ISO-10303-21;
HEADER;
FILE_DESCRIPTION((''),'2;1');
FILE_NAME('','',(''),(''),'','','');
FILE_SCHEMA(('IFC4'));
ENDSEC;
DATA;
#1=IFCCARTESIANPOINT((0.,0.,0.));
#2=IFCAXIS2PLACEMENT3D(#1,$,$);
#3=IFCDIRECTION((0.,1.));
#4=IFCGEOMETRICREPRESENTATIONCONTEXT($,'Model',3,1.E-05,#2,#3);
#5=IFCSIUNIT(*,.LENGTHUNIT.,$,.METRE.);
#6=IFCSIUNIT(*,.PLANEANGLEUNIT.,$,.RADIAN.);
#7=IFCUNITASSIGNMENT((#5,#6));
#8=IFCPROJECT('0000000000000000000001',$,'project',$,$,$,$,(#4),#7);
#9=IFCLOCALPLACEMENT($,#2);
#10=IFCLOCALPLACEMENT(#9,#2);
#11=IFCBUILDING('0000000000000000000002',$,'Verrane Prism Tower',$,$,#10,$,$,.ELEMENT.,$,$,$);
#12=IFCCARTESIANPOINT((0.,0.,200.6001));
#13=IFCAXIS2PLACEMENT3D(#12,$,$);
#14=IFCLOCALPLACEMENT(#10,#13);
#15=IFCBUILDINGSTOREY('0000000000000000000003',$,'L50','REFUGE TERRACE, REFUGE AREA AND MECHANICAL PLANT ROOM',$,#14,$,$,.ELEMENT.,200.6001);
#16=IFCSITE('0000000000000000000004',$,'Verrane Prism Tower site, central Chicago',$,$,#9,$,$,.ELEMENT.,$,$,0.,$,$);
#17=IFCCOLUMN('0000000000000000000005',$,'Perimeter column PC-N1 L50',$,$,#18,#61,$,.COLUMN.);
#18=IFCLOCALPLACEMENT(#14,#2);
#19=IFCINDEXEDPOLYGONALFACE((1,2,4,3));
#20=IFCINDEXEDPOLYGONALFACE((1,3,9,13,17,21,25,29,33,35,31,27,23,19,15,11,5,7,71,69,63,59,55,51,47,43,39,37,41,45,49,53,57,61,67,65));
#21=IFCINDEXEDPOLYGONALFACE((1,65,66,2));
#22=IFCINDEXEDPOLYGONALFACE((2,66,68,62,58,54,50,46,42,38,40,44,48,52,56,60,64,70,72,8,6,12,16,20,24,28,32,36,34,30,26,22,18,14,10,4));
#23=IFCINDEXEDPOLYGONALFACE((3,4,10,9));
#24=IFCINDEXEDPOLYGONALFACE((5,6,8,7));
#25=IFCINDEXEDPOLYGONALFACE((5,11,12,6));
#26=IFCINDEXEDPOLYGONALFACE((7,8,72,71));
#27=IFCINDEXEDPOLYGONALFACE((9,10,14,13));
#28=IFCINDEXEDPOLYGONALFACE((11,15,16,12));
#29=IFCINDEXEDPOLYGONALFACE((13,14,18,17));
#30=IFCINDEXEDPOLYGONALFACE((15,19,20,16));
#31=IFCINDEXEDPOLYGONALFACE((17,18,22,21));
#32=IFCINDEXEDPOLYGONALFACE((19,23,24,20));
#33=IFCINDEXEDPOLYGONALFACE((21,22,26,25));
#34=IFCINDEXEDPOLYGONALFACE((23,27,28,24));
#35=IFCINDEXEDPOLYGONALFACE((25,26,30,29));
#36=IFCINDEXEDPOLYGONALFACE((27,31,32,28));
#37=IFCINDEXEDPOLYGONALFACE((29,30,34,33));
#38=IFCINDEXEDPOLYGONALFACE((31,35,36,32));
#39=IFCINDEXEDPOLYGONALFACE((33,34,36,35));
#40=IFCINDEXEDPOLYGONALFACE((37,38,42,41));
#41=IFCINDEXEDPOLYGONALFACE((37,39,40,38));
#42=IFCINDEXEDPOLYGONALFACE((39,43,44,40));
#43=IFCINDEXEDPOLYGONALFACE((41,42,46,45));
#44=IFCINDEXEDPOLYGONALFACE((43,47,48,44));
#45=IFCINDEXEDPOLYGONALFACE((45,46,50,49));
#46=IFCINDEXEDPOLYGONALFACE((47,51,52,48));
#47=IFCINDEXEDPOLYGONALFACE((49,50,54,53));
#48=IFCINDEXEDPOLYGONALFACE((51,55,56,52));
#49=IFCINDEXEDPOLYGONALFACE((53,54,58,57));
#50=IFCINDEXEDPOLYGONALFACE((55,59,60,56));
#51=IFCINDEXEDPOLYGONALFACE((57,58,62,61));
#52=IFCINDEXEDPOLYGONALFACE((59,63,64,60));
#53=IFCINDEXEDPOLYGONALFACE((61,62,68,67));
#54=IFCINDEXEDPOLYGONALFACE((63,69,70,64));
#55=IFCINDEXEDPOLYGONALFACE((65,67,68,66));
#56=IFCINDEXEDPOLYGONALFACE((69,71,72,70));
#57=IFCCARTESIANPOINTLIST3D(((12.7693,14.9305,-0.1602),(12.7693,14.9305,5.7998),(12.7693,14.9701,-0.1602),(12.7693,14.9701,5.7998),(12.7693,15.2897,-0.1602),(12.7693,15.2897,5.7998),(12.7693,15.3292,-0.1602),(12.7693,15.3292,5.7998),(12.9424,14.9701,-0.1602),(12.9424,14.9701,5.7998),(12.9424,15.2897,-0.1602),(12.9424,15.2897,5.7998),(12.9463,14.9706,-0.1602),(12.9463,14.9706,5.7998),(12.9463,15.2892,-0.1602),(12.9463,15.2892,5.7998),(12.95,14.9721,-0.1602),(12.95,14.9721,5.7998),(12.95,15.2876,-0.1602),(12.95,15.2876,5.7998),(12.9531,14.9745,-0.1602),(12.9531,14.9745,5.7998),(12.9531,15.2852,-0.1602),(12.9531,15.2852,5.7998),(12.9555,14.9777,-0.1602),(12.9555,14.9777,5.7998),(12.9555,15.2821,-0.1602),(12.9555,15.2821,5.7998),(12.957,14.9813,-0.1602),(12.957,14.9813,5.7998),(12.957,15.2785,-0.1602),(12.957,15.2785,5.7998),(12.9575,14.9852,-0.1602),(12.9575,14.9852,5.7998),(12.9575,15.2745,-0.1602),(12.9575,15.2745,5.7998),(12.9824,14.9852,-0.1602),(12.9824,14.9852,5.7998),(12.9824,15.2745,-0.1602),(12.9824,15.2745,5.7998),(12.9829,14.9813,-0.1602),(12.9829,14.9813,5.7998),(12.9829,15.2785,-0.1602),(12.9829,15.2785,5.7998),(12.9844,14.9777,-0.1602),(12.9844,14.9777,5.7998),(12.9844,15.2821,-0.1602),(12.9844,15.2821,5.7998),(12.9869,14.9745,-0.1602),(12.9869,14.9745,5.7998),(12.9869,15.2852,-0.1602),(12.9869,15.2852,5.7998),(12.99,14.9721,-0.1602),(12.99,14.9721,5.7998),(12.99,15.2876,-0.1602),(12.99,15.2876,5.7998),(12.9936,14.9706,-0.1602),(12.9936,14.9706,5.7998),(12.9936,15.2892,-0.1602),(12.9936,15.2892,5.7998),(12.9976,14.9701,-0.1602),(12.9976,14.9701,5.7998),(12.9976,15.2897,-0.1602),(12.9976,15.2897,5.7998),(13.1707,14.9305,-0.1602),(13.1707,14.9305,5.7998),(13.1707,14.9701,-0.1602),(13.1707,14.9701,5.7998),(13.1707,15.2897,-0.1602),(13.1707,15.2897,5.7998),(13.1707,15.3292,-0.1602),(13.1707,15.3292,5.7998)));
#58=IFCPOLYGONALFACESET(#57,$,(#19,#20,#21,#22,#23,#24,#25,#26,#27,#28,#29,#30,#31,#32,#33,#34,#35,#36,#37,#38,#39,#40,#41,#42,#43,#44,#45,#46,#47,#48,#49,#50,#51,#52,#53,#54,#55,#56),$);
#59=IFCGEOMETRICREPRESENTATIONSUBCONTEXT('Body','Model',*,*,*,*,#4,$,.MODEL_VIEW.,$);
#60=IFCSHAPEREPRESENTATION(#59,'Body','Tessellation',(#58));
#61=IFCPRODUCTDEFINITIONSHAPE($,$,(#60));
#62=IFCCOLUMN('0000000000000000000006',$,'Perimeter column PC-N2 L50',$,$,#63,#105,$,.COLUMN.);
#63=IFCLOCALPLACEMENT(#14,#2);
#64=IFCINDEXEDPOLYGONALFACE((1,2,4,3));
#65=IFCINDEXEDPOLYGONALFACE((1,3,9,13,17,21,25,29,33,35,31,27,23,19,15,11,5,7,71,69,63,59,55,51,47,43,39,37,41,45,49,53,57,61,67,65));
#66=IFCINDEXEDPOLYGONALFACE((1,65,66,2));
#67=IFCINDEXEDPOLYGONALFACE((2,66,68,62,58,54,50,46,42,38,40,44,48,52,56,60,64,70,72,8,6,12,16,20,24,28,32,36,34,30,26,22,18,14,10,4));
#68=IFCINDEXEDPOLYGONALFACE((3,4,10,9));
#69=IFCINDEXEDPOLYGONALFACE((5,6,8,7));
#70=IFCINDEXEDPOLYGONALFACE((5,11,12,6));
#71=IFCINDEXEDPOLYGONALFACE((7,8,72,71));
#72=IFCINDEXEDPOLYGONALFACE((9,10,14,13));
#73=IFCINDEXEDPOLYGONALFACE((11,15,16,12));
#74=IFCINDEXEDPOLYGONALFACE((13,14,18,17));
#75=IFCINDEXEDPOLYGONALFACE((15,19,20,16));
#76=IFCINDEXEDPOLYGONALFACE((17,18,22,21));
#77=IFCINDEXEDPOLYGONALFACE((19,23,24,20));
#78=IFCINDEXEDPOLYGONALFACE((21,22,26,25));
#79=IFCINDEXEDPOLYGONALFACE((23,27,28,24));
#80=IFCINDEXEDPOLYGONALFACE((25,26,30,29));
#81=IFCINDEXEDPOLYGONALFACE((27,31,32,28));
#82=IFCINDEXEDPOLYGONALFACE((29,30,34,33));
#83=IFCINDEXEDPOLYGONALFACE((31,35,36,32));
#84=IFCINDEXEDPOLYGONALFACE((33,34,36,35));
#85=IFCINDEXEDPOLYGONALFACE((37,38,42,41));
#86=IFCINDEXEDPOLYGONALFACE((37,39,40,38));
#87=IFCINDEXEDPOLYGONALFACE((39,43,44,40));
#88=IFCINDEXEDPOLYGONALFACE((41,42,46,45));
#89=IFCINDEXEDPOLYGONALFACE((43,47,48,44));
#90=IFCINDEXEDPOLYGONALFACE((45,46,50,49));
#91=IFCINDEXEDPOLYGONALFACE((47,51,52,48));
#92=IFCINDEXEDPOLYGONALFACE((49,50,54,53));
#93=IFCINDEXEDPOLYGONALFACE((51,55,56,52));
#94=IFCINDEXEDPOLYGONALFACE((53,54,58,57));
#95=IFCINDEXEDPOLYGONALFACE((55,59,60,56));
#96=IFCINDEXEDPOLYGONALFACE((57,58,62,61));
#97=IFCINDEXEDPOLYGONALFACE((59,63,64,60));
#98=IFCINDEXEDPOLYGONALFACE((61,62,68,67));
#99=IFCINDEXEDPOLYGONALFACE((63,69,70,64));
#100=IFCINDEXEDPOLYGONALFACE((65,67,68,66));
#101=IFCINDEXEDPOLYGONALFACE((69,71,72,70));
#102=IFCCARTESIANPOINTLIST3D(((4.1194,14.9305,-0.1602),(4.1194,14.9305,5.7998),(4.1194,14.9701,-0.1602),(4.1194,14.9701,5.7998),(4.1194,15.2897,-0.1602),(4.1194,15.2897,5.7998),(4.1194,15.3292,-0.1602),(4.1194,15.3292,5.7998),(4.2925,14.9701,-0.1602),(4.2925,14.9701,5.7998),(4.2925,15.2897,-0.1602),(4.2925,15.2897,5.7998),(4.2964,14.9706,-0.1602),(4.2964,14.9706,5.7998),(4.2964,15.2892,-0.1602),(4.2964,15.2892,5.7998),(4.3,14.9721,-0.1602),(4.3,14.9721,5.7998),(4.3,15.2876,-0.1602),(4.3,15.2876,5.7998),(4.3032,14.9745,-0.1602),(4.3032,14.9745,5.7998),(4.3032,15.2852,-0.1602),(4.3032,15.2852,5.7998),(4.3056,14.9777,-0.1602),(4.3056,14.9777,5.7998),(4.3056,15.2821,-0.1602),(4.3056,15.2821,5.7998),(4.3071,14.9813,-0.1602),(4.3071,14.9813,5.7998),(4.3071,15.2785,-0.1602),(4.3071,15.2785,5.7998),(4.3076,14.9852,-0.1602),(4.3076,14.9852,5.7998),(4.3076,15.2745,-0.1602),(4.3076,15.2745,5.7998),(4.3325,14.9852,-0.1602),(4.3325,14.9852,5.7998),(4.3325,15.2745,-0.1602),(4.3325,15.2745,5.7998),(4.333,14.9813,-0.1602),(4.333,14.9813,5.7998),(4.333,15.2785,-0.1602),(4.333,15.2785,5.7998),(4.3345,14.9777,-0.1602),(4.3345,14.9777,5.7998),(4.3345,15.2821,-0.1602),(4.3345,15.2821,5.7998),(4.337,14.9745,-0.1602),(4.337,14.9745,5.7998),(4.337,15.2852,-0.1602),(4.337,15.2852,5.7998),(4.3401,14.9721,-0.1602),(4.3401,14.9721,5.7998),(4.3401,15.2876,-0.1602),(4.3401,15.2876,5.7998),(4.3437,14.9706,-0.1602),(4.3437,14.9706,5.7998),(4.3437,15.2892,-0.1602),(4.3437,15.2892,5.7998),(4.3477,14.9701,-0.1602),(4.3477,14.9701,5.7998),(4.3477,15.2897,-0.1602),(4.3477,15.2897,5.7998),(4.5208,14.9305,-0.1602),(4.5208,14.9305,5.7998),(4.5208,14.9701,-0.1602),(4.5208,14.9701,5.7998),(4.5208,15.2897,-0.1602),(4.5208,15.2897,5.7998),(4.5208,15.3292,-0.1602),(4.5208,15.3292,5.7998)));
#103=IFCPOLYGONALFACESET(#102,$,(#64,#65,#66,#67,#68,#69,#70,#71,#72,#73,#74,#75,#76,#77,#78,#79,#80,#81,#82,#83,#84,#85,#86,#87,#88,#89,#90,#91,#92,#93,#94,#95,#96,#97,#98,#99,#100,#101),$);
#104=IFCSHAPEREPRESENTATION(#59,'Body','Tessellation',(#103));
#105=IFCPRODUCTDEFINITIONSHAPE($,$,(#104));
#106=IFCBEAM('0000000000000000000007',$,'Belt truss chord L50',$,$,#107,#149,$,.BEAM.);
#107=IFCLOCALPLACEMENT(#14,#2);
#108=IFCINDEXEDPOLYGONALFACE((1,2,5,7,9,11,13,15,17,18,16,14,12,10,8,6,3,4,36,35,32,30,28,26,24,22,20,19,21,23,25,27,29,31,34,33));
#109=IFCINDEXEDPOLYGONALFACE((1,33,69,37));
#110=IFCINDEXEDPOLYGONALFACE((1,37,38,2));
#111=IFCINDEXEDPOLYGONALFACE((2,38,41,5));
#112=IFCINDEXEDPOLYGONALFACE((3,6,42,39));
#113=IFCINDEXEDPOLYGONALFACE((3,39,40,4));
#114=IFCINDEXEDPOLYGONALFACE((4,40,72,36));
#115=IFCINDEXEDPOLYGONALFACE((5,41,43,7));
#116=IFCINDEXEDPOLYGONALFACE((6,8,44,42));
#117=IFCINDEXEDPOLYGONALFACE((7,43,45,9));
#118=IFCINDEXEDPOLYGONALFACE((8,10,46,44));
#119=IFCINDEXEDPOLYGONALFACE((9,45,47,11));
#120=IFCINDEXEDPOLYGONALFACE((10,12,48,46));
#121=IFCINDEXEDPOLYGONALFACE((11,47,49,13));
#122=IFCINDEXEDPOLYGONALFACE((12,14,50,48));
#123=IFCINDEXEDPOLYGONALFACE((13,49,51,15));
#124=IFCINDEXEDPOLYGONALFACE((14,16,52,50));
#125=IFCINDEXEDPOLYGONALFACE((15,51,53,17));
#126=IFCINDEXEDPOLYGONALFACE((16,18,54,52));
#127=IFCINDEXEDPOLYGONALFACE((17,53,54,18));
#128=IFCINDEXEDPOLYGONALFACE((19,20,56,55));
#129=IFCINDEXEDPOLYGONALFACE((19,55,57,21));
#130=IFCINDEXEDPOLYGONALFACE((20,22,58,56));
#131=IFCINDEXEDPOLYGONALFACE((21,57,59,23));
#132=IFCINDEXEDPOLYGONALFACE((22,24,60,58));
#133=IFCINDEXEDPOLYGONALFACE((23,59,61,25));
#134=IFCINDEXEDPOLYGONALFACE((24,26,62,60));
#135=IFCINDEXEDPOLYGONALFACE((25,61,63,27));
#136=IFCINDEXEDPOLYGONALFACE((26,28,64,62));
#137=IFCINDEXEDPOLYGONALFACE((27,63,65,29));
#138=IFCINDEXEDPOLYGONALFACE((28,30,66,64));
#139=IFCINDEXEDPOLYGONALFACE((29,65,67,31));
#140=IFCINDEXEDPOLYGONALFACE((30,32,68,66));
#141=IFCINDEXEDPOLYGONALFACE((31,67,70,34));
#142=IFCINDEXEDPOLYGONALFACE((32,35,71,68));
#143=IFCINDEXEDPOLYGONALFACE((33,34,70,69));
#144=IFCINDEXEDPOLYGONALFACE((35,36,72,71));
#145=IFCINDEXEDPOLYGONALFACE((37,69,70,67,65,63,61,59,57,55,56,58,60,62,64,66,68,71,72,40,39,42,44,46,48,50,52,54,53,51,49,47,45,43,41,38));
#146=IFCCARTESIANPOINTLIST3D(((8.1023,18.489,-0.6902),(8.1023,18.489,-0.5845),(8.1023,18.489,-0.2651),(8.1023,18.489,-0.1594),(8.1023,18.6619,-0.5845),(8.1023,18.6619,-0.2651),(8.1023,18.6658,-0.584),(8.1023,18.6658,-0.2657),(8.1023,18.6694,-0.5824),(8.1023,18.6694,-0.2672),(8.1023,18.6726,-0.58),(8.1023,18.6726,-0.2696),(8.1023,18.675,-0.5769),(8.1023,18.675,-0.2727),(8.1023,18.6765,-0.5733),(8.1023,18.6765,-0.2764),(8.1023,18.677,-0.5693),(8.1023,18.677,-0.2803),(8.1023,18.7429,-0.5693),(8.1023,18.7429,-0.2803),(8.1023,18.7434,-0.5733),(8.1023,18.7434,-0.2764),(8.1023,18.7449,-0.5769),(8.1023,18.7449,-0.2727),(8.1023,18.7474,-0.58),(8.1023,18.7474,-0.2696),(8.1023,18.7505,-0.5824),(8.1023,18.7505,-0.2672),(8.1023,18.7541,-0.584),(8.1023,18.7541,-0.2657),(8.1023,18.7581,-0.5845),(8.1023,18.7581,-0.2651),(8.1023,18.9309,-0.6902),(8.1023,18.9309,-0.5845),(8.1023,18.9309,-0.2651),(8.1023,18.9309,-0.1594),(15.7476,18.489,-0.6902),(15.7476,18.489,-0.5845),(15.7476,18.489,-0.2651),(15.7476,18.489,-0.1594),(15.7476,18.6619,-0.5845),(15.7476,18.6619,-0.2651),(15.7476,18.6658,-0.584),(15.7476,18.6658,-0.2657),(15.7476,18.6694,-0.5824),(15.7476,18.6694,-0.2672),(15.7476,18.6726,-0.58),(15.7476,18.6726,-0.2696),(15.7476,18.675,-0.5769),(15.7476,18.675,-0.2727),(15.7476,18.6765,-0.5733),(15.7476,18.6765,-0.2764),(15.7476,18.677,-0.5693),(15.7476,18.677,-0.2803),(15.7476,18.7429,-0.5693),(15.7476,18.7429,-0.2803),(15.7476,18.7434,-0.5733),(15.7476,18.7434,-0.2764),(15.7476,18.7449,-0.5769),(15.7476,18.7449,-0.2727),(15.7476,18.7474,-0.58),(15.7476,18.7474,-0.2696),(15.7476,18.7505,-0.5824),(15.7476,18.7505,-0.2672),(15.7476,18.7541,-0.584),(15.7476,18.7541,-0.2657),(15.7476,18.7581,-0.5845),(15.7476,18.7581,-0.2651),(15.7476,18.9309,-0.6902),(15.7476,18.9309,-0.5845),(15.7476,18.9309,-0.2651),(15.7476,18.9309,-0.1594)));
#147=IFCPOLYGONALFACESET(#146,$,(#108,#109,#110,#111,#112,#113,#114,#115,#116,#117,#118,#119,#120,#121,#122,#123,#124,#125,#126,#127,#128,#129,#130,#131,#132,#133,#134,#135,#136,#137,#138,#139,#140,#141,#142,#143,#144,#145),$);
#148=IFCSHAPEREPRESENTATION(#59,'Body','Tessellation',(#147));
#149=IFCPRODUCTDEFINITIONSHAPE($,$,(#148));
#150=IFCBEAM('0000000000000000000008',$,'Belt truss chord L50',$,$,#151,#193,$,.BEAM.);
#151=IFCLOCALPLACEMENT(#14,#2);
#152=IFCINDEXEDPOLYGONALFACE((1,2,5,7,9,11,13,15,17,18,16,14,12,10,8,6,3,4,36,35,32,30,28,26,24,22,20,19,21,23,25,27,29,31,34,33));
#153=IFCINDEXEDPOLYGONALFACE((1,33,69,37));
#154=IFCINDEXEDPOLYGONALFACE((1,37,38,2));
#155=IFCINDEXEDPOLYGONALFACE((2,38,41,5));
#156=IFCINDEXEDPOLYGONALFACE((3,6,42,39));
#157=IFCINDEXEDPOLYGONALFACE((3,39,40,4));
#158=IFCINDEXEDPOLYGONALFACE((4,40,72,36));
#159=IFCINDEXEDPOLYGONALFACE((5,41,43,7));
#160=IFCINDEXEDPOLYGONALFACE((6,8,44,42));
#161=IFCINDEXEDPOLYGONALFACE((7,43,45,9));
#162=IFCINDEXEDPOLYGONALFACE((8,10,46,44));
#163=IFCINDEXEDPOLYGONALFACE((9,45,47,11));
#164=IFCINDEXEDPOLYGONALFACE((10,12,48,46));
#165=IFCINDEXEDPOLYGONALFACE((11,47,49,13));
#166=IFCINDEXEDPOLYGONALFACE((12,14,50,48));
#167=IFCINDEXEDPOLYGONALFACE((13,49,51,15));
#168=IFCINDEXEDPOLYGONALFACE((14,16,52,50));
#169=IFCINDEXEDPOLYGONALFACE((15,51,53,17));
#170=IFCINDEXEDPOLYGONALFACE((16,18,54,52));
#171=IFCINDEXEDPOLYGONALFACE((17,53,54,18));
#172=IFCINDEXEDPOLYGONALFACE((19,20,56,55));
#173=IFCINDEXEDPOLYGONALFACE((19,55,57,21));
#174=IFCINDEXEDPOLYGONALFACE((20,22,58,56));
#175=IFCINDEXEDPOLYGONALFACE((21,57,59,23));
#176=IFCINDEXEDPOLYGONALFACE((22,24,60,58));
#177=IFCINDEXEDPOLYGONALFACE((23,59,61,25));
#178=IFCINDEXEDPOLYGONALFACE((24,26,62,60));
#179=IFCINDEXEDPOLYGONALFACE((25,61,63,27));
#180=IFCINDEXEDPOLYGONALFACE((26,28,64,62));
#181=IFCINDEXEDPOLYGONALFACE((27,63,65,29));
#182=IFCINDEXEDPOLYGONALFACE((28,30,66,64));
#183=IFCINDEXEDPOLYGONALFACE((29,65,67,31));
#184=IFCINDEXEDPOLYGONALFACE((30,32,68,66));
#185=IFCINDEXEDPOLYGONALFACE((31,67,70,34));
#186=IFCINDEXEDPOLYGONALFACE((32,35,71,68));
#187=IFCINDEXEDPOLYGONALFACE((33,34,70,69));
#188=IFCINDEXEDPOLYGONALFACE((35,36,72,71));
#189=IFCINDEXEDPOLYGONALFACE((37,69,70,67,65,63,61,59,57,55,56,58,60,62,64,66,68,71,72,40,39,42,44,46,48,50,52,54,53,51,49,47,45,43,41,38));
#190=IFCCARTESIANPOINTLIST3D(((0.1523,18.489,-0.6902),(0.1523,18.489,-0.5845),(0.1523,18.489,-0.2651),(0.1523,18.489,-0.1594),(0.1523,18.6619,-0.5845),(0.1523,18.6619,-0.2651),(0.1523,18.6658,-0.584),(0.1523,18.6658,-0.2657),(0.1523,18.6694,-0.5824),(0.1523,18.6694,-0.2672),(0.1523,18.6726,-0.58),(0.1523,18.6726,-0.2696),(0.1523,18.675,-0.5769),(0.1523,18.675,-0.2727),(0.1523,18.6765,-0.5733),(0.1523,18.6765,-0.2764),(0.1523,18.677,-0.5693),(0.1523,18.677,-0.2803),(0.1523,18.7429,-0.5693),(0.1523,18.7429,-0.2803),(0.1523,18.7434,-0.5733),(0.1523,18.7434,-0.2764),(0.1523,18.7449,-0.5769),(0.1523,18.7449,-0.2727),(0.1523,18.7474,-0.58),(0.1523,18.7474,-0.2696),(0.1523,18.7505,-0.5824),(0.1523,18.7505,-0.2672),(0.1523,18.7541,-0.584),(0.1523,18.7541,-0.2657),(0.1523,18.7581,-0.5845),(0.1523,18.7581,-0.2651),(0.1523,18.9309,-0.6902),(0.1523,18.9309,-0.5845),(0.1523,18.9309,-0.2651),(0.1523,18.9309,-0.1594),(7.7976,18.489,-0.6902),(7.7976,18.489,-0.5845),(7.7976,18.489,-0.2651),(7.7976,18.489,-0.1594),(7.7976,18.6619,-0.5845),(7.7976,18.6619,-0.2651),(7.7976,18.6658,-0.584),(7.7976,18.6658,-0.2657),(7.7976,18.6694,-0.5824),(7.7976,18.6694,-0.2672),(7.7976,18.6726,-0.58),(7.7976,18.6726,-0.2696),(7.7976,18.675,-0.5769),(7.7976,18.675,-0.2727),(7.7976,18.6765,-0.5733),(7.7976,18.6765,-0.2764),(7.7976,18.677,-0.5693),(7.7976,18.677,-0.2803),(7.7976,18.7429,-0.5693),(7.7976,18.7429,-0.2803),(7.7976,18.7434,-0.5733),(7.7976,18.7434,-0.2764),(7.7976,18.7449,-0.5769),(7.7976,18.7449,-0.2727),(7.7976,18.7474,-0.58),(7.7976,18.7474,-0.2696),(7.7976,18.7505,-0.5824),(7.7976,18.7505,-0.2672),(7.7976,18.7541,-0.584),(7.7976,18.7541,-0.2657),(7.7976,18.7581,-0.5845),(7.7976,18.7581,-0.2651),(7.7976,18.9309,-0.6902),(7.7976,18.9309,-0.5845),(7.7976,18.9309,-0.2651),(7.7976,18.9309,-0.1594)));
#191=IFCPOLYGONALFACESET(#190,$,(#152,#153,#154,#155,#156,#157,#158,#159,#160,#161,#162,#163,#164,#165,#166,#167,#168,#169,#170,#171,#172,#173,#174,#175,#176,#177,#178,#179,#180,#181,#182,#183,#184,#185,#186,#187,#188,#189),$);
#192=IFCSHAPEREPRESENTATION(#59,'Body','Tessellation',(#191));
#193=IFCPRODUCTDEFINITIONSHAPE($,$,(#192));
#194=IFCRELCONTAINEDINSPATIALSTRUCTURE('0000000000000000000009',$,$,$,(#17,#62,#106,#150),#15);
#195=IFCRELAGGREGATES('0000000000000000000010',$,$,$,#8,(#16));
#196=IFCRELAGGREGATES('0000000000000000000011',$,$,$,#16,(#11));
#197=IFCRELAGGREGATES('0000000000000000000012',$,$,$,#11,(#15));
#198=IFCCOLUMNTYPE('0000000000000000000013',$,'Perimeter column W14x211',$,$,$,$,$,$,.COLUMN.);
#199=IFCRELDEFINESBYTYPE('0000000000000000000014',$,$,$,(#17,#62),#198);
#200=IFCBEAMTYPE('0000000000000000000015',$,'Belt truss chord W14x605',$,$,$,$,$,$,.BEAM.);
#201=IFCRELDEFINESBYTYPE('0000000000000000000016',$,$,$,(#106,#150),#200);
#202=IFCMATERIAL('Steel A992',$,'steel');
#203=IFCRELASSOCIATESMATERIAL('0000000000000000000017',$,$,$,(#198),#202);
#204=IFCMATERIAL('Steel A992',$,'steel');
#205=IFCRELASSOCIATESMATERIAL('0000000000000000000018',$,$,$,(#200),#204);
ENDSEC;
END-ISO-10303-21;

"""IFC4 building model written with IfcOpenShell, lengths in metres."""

from ifc_helpers import new_model, si_unit, direction, frame, origin, origin_2d, place, context, subcontext, project, spatial, i_section, extrude, material, material_profile, profile_set, type_object, element, save


model = new_model("IFC4")

# Units and contexts
model_context = context("Model", 3, precision=1e-05, world=origin(), true_north=direction((0.0, 1.0)))
body_context = subcontext(model_context, "Body", "Model", "MODEL_VIEW")
ifc_project = project(units=[si_unit("LENGTHUNIT", "METRE"), si_unit("PLANEANGLEUNIT", "RADIAN")], contexts=[model_context])

# Site, building, storey
site_placement = place(None, origin())
site = spatial("IfcSite", under=ifc_project, at=site_placement, Name="Verrane Prism Tower site, central Chicago", CompositionType="ELEMENT", RefElevation=0.0)
building_placement = place(site_placement, origin())
building = spatial("IfcBuilding", under=site, at=building_placement, Name="Verrane Prism Tower", CompositionType="ELEMENT")
storey_placement = place(building_placement, frame((0.0, 0.0, 200.6001)))
storey = spatial("IfcBuildingStorey", under=building, at=storey_placement, Name="L50", Description="REFUGE TERRACE, REFUGE AREA AND MECHANICAL PLANT ROOM", CompositionType="ELEMENT", Elevation=200.6001)

# Columns
ifc_material_1 = material(Name="Steel A992", Category="steel")
ifc_material_profile_1 = material_profile(ifc_material_1, i_section(OverallWidth=0.4014, OverallDepth=0.3987, WebThickness=0.0249, FlangeThickness=0.0396, FilletRadius=0.0151, at=origin_2d()), Name="W14x211")
ifc_profile_set_1 = profile_set([ifc_material_profile_1], Name="Steel A992")
column_type_1 = type_object("IfcColumnType", Name="Perimeter column W14x211", PredefinedType="COLUMN", material=ifc_profile_set_1)
for number, where, z_axis, x_axis, name in (
    (1, (12.97, 15.1299, -0.1602), (0.0, 0.0, 1.0), (1.0, 0.0, 0.0), "Perimeter column PC-N1 L50"),
    (2, (4.3201, 15.1299, -0.1602), (0.0, 0.0, 1.0), (1.0, 0.0, 0.0), "Perimeter column PC-N2 L50"),
):
    element("IfcColumn", number, at=place(storey_placement, frame(where, z_axis=z_axis, x_axis=x_axis)), inside=storey, type_object=column_type_1, Name=name, PredefinedType="COLUMN", context=body_context, shape_type="SweptSolid", body=[
        extrude(i_section(OverallWidth=0.4014, OverallDepth=0.3987, WebThickness=0.0249, FlangeThickness=0.0396, FilletRadius=0.0151, at=origin_2d()), origin(), (0.0, 0.0, 1.0), 5.96),
    ])

# Beams
ifc_material_2 = material(Name="Steel A992", Category="steel")
ifc_material_profile_2 = material_profile(ifc_material_2, i_section(OverallWidth=0.4419, OverallDepth=0.5308, WebThickness=0.0659, FlangeThickness=0.1057, FilletRadius=0.0151, at=origin_2d()), Name="W14x605")
ifc_profile_set_2 = profile_set([ifc_material_profile_2], Name="Steel A992")
beam_type_1 = type_object("IfcBeamType", Name="Belt truss chord W14x605", PredefinedType="BEAM", material=ifc_profile_set_2)
for number, where, z_axis, x_axis, name in (
    (3, (15.7476, 18.71, -0.4248), (-1.0, 0.0, 0.0), (0.0, -1.0, 0.0), "Belt truss chord L50"),
    (4, (7.7976, 18.71, -0.4248), (-1.0, 0.0, 0.0), (0.0, -1.0, 0.0), "Belt truss chord L50"),
):
    element("IfcBeam", number, at=place(storey_placement, frame(where, z_axis=z_axis, x_axis=x_axis)), inside=storey, type_object=beam_type_1, Name=name, PredefinedType="BEAM", context=body_context, shape_type="SweptSolid", body=[
        extrude(i_section(OverallWidth=0.4419, OverallDepth=0.5308, WebThickness=0.0659, FlangeThickness=0.1057, FilletRadius=0.0151, at=origin_2d()), origin(), (0.0, 0.0, 1.0), 7.6453),
    ])

save(model, "model.ifc")
